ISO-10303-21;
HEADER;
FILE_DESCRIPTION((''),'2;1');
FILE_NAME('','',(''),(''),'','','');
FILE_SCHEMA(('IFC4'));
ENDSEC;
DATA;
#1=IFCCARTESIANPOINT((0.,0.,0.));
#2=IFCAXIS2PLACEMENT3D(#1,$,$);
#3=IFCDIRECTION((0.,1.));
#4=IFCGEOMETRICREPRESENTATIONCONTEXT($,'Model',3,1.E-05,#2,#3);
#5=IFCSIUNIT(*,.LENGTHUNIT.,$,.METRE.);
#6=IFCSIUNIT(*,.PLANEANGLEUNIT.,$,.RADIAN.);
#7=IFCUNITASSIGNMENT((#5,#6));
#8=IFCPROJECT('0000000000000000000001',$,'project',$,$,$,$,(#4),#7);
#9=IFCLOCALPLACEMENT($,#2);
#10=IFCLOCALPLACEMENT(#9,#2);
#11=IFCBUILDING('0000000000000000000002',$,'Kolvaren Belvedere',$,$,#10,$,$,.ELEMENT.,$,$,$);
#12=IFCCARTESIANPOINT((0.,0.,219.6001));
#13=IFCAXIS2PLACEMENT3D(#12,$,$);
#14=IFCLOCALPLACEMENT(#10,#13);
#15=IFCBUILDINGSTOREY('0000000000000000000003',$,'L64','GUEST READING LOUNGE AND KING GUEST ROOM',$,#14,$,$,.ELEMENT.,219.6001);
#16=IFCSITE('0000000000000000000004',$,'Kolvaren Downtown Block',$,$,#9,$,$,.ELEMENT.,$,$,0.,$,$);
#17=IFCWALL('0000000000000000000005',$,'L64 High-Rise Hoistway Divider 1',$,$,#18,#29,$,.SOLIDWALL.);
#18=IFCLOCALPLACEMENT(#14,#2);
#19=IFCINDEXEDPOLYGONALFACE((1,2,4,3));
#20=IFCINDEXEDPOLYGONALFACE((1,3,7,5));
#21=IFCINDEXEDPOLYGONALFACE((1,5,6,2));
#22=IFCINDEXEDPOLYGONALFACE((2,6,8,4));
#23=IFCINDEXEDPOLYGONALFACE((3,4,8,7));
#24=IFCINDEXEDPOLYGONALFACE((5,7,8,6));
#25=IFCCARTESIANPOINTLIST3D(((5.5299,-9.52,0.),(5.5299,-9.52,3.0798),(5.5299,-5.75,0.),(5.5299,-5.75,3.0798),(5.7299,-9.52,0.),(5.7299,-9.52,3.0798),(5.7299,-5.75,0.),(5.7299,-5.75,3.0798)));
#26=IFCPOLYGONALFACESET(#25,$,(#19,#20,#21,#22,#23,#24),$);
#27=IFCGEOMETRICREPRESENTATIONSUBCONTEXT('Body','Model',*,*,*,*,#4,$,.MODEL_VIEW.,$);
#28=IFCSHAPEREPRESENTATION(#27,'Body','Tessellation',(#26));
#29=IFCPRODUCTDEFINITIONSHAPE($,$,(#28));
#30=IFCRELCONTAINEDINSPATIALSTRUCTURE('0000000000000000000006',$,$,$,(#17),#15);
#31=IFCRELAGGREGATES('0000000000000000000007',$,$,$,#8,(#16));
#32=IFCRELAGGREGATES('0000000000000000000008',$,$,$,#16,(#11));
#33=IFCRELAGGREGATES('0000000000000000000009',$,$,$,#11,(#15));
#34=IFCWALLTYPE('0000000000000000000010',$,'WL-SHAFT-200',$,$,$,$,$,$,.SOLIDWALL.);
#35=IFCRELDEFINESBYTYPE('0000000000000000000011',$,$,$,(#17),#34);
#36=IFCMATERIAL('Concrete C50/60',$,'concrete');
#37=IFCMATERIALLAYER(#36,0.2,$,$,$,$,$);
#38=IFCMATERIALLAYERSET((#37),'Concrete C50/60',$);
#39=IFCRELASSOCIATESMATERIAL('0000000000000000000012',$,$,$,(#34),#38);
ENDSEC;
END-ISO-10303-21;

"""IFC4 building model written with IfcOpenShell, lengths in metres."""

from ifc_helpers import new_model, si_unit, direction, frame, frame_2d, origin, place, context, subcontext, project, spatial, rectangle, extrude, material, layer, layer_set, type_object, element, save


model = new_model("IFC4")

# Units and contexts
model_context = context("Model", 3, precision=1e-05, world=origin(), true_north=direction((0.0, 1.0)))
body_context = subcontext(model_context, "Body", "Model", "MODEL_VIEW")
ifc_project = project(units=[si_unit("LENGTHUNIT", "METRE"), si_unit("PLANEANGLEUNIT", "RADIAN")], contexts=[model_context])

# Site, building, storey
site_placement = place(None, origin())
site = spatial("IfcSite", under=ifc_project, at=site_placement, Name="Kolvaren Downtown Block", CompositionType="ELEMENT", RefElevation=0.0)
building_placement = place(site_placement, origin())
building = spatial("IfcBuilding", under=site, at=building_placement, Name="Kolvaren Belvedere", CompositionType="ELEMENT")
storey_placement = place(building_placement, frame((0.0, 0.0, 219.6001)))
storey = spatial("IfcBuildingStorey", under=building, at=storey_placement, Name="L64", Description="GUEST READING LOUNGE AND KING GUEST ROOM", CompositionType="ELEMENT", Elevation=219.6001)

# Wall
ifc_material_1 = material(Name="Concrete C50/60", Category="concrete")
ifc_layer_1 = layer(ifc_material_1, 0.2)
ifc_layer_set_1 = layer_set([ifc_layer_1], Name="Concrete C50/60")
wall_type_1 = type_object("IfcWallType", Name="WL-SHAFT-200", PredefinedType="SOLIDWALL", material=ifc_layer_set_1)
wall_1_placement = place(storey_placement, frame((5.6299, -9.52, 0.0), z_axis=(0.0, 0.0, 1.0), x_axis=(0.0, 1.0, 0.0)))
element("IfcWall", 1, at=wall_1_placement, inside=storey, type_object=wall_type_1, Name="L64 High-Rise Hoistway Divider 1", PredefinedType="SOLIDWALL", context=body_context, shape_type="SweptSolid", body=[
    extrude(rectangle(XDim=3.77, YDim=0.2, at=frame_2d((1.885, 0.0))), origin(), (0.0, 0.0, 1.0), 3.0798),
])

save(model, "model.ifc")
